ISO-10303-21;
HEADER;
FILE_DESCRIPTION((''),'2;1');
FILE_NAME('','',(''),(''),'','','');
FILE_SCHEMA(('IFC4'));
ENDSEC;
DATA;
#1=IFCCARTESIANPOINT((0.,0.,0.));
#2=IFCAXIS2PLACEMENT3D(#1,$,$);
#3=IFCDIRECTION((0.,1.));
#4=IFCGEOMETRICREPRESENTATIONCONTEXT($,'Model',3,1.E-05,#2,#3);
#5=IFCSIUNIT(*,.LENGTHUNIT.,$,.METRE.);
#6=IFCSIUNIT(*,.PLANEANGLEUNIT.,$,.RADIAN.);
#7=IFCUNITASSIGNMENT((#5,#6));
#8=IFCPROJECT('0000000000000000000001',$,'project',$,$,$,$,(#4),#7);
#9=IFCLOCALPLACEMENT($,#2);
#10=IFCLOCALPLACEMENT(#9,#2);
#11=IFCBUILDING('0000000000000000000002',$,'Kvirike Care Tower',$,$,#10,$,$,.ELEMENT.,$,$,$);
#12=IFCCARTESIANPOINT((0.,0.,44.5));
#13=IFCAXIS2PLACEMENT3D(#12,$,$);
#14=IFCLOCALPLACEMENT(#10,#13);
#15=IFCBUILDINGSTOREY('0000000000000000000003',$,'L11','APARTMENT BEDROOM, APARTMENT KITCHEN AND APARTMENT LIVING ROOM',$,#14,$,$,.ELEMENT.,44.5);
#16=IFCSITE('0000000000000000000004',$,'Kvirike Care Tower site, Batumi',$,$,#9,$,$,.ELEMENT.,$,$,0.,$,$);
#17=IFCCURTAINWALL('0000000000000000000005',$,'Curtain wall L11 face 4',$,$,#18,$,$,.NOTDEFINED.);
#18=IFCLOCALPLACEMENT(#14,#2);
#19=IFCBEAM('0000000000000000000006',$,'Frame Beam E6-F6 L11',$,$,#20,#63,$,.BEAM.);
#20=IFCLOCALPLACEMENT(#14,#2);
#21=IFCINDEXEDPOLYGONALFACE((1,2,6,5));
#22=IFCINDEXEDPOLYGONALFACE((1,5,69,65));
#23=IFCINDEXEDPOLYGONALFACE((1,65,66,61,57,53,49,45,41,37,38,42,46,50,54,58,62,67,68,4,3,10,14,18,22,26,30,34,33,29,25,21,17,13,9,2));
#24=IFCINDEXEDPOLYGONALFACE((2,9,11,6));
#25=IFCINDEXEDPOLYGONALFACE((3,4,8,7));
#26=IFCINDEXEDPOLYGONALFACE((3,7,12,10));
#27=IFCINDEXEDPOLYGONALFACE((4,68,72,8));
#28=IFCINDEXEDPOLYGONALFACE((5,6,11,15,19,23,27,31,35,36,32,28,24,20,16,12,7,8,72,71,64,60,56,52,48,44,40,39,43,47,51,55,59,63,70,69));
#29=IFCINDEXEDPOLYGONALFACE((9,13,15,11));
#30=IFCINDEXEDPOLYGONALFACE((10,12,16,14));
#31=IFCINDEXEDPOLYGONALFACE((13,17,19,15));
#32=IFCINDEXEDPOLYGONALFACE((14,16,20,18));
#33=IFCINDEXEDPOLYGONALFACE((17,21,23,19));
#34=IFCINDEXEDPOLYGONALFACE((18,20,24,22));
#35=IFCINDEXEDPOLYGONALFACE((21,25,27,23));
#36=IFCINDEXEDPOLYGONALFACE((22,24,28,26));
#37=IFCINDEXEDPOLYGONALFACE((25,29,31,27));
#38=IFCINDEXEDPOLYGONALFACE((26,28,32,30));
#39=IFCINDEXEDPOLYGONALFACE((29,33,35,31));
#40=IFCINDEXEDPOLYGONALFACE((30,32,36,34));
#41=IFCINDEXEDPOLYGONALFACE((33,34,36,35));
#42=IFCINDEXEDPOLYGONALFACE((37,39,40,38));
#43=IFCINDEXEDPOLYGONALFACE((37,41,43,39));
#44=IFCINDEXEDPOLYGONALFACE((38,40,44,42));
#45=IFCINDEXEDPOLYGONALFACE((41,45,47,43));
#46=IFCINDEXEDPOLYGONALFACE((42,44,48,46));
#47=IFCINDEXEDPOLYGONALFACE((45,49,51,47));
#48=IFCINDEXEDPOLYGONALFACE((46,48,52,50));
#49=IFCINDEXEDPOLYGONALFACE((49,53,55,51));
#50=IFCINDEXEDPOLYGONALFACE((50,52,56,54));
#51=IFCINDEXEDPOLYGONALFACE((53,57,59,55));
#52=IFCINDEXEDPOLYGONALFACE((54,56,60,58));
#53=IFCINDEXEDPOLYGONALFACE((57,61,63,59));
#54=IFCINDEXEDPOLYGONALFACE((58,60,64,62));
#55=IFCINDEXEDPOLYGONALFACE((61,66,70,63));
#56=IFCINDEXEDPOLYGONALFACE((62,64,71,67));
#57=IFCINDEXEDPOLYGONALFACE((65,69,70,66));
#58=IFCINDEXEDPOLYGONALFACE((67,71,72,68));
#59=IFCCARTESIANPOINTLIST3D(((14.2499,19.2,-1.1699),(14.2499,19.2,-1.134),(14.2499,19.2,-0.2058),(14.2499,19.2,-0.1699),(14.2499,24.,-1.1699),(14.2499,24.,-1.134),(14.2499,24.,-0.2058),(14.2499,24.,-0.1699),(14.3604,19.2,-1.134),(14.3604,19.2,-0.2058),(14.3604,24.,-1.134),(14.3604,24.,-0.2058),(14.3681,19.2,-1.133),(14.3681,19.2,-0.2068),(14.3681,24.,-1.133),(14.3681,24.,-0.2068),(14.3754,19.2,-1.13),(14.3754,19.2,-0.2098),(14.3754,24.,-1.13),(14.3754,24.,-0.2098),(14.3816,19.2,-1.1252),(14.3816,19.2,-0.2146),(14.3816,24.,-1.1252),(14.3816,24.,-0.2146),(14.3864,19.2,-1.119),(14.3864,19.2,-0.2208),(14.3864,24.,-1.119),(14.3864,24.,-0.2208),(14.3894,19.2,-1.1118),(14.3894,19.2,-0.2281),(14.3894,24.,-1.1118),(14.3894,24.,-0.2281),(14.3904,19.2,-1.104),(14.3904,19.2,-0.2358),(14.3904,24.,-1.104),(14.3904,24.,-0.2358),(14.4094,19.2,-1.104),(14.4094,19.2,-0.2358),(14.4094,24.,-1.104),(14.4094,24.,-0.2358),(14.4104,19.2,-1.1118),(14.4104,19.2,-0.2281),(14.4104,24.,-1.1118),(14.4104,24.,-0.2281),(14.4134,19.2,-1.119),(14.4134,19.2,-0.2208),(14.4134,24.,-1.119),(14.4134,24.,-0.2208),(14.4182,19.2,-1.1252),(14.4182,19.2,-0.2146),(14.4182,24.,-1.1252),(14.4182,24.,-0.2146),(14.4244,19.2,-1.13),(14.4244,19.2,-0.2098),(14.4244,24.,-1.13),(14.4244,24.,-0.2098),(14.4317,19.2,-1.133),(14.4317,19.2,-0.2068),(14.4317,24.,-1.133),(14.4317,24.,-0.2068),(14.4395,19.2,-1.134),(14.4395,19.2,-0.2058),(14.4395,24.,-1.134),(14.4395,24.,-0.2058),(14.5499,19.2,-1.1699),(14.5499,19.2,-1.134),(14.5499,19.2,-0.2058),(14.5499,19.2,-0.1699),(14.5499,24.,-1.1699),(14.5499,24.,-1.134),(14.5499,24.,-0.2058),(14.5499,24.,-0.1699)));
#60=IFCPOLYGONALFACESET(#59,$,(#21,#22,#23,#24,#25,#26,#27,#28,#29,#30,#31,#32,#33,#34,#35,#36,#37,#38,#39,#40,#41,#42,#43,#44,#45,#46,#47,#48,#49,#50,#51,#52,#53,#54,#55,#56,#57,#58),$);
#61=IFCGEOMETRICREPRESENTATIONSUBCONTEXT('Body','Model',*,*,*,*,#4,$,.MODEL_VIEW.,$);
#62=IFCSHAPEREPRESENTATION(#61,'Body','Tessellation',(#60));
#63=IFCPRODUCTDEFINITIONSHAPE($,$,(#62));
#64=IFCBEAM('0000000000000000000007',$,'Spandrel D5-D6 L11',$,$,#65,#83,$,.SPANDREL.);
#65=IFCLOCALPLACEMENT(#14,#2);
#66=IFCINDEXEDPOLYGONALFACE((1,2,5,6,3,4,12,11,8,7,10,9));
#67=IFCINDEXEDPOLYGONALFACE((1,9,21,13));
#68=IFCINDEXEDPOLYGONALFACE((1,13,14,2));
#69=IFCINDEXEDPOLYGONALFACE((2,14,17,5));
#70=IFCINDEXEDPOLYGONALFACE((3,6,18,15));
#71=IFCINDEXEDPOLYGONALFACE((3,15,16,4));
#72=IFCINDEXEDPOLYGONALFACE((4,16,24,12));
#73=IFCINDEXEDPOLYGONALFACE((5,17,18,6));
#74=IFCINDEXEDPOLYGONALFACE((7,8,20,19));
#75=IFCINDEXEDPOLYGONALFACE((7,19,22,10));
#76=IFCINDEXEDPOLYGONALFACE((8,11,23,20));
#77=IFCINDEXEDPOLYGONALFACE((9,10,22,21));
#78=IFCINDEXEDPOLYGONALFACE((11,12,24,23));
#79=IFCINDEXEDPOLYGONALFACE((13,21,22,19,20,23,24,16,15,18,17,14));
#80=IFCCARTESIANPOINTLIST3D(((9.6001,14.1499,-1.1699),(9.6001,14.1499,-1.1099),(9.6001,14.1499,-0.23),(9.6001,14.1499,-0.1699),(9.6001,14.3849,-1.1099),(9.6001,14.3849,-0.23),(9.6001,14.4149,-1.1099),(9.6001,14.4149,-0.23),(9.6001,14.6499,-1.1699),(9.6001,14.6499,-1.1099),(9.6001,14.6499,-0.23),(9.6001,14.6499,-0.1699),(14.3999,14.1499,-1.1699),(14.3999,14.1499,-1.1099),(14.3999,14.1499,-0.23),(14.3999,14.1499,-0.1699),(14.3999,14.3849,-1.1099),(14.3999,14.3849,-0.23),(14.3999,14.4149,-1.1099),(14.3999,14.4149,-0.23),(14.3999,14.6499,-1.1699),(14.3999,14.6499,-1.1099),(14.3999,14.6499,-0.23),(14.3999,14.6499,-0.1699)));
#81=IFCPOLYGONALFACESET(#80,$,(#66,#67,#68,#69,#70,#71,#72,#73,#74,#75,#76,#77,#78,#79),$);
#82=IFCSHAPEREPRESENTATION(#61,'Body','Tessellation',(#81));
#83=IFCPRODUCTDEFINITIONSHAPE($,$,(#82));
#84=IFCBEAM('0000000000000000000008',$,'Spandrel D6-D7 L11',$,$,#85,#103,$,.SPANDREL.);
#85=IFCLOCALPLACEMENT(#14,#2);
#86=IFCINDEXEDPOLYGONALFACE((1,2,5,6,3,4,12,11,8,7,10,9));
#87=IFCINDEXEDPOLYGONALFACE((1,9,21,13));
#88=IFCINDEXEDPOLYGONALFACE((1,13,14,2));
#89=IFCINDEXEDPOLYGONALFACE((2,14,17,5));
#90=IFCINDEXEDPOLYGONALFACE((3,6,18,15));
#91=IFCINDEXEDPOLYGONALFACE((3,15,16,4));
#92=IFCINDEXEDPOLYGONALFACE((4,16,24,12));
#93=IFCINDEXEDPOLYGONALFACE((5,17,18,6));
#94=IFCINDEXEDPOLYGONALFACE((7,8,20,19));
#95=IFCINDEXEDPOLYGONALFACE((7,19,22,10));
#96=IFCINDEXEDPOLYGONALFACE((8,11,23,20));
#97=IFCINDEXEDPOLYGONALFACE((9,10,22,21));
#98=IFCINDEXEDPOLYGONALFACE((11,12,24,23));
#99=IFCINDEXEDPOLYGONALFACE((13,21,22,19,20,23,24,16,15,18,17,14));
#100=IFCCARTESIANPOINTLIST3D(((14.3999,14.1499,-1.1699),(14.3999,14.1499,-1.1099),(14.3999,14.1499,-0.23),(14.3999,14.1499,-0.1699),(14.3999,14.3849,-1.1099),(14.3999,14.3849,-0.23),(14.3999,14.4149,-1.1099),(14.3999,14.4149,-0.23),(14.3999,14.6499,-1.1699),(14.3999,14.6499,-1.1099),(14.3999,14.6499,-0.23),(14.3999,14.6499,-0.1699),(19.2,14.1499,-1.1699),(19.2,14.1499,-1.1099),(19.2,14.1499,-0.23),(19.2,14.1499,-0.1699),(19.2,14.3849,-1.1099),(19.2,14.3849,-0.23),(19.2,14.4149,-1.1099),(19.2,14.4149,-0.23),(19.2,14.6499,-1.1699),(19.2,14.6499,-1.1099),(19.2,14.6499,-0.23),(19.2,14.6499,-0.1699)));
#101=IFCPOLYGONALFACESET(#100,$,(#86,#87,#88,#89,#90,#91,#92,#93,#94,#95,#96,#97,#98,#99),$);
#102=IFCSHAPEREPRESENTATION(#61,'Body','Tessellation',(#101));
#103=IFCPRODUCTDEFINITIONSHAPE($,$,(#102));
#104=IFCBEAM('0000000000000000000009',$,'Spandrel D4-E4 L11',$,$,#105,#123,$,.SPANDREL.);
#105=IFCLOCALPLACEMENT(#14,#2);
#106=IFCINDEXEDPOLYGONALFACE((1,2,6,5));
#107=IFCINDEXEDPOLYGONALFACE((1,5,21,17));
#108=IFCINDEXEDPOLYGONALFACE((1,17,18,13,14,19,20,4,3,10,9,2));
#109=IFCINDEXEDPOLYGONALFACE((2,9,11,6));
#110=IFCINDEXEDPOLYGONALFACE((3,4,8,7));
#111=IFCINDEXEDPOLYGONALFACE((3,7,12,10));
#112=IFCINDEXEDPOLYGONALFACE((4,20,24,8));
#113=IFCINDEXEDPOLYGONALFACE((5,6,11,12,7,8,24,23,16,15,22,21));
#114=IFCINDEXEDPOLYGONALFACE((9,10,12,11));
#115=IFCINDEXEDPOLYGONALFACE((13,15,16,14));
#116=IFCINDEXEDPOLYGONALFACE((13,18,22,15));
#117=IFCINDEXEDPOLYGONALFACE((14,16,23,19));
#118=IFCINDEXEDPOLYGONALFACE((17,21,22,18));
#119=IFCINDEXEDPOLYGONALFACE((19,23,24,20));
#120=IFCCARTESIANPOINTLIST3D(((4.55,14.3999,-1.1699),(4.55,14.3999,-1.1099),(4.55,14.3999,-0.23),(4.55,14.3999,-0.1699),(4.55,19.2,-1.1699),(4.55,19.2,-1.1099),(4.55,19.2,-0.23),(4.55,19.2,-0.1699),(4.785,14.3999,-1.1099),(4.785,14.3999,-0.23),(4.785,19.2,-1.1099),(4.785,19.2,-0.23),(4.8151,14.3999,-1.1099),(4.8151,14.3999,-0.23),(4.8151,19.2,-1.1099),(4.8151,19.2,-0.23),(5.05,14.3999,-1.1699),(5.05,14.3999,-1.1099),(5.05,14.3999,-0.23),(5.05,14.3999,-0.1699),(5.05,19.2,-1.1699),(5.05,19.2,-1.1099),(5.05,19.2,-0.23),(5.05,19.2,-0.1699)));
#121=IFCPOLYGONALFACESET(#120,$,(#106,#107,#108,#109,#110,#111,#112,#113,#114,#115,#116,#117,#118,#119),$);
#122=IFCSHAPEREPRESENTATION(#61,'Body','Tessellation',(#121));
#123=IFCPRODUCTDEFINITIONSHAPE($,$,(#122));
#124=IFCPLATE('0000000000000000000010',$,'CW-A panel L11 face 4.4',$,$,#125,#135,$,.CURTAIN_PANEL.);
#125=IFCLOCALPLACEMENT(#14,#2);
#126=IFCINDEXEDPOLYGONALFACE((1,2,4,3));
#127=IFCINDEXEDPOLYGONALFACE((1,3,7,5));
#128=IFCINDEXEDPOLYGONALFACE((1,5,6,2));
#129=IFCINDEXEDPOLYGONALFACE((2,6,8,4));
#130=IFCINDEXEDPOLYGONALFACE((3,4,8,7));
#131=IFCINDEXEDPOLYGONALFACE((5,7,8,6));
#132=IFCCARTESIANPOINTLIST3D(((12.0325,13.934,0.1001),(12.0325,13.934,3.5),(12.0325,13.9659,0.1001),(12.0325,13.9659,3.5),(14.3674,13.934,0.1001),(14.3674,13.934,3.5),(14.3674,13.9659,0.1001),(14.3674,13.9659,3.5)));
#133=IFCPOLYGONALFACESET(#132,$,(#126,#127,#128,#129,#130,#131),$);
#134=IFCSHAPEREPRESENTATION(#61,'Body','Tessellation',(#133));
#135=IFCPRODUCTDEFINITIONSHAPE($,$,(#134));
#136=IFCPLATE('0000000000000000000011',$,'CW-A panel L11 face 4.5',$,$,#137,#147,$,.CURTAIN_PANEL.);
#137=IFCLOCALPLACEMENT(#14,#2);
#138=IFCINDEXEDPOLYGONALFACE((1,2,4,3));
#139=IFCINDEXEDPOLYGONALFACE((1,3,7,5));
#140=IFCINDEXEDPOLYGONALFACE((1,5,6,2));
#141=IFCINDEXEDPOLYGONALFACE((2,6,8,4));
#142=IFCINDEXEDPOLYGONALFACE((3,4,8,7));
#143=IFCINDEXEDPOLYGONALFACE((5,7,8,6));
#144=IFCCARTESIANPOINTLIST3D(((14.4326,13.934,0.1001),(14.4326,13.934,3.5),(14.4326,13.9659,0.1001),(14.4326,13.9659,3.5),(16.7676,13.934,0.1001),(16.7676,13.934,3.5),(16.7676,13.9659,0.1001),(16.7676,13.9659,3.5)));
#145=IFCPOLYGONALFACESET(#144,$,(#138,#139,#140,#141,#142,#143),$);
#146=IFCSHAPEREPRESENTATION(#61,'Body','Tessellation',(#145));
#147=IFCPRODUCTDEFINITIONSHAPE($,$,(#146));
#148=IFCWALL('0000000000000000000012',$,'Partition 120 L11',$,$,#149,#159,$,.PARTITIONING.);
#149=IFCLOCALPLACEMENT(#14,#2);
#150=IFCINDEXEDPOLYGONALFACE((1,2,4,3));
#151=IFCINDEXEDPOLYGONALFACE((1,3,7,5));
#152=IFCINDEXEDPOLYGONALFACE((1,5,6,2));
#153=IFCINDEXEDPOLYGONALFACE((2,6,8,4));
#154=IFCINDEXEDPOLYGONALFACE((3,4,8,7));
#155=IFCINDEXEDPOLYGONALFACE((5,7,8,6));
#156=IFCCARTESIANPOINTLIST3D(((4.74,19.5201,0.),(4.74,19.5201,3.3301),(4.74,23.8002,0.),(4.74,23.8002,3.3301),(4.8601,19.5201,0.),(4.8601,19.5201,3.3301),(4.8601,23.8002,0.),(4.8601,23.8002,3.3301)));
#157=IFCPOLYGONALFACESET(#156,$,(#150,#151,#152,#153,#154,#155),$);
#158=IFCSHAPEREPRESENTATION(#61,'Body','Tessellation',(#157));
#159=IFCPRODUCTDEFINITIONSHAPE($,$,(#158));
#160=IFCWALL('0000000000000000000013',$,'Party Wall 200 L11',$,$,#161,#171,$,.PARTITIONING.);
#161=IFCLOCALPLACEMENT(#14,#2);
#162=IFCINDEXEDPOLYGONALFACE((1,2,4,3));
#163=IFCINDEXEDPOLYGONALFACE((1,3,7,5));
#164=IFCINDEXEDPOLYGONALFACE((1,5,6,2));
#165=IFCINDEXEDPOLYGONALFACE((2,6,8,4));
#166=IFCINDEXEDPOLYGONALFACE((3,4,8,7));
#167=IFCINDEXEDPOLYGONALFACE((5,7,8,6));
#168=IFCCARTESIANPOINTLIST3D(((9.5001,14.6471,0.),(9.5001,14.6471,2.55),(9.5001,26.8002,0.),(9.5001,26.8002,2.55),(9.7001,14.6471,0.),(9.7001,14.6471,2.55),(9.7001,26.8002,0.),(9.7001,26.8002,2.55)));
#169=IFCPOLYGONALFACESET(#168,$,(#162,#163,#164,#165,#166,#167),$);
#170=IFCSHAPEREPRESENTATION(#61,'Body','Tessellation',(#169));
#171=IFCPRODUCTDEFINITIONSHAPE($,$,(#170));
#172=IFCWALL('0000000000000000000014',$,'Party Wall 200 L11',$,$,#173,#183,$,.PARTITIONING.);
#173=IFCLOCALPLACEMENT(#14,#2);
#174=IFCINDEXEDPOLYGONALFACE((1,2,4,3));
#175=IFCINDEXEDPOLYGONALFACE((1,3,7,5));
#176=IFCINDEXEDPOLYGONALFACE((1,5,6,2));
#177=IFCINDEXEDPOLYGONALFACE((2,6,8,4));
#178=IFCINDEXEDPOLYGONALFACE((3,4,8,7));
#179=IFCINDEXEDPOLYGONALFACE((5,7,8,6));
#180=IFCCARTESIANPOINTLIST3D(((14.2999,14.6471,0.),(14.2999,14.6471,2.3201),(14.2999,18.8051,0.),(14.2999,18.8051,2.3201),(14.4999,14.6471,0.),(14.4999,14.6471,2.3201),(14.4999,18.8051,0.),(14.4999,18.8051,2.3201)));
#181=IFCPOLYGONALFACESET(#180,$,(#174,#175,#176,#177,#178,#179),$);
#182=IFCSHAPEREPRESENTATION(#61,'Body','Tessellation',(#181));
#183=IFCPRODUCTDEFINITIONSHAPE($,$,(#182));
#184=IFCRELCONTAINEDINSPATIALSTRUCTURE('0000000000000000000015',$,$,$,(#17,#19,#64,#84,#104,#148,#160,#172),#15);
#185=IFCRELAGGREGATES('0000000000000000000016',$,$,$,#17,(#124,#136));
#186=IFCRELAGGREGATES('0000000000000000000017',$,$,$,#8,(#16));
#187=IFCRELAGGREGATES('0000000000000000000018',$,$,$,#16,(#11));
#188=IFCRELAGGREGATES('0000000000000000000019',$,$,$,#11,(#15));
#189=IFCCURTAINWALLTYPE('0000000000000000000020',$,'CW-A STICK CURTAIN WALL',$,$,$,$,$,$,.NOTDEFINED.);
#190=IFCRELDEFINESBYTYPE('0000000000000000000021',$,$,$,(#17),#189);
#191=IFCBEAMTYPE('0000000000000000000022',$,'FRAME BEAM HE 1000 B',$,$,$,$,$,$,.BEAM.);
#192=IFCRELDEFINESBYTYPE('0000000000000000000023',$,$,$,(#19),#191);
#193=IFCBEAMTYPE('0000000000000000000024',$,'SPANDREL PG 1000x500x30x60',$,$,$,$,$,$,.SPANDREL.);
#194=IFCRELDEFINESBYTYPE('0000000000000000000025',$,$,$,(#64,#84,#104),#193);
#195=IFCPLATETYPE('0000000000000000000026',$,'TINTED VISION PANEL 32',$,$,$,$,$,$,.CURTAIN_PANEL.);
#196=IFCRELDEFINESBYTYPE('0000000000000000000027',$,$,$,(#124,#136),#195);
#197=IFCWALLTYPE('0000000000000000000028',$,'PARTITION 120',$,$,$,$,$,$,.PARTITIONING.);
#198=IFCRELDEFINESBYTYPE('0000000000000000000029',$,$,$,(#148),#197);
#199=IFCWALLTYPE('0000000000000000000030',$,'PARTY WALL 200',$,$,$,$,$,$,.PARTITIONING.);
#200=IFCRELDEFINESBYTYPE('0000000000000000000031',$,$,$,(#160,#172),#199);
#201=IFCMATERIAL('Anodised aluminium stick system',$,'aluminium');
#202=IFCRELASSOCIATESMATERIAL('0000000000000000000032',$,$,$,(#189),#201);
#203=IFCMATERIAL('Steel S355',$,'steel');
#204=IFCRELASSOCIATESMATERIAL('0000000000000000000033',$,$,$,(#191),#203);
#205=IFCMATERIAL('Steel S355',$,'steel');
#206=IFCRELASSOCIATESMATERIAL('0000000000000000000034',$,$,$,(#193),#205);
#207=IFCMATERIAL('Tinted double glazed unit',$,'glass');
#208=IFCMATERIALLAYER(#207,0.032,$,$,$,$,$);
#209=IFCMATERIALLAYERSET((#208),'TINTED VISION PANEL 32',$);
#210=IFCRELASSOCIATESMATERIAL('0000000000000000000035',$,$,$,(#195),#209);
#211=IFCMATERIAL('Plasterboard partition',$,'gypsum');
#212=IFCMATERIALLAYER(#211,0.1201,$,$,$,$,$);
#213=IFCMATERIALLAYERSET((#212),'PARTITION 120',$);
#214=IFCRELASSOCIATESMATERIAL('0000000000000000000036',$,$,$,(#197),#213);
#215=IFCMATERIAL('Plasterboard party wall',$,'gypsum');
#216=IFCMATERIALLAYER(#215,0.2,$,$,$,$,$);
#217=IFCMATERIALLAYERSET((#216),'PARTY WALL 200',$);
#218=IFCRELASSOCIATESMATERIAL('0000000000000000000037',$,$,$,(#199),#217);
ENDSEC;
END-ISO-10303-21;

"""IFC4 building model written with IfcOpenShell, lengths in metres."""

from ifc_helpers import new_model, si_unit, direction, frame, frame_2d, origin, origin_2d, place, context, subcontext, project, spatial, rectangle, i_section, extrude, material, layer, layer_set, material_profile, profile_set, type_object, element, aggregate, save


model = new_model("IFC4")

# Units and contexts
model_context = context("Model", 3, precision=1e-05, world=origin(), true_north=direction((0.0, 1.0)))
body_context = subcontext(model_context, "Body", "Model", "MODEL_VIEW")
ifc_project = project(units=[si_unit("LENGTHUNIT", "METRE"), si_unit("PLANEANGLEUNIT", "RADIAN")], contexts=[model_context])

# Site, building, storey
site_placement = place(None, origin())
site = spatial("IfcSite", under=ifc_project, at=site_placement, Name="Kvirike Care Tower site, Batumi", CompositionType="ELEMENT", RefElevation=0.0)
building_placement = place(site_placement, origin())
building = spatial("IfcBuilding", under=site, at=building_placement, Name="Kvirike Care Tower", CompositionType="ELEMENT")
storey_placement = place(building_placement, frame((0.0, 0.0, 44.5)))
storey = spatial("IfcBuildingStorey", under=building, at=storey_placement, Name="L11", Description="APARTMENT BEDROOM, APARTMENT KITCHEN AND APARTMENT LIVING ROOM", CompositionType="ELEMENT", Elevation=44.5)

# Curtain wall
ifc_material_1 = material(Name="Anodised aluminium stick system", Category="aluminium")
curtain_wall_type = type_object("IfcCurtainWallType", Name="CW-A STICK CURTAIN WALL", PredefinedType="NOTDEFINED", material=ifc_material_1)
curtain_wall_placement = place(storey_placement, origin())
curtain_wall = element("IfcCurtainWall", 1, at=curtain_wall_placement, inside=storey, type_object=curtain_wall_type, Name="Curtain wall L11 face 4", PredefinedType="NOTDEFINED")

# Beams
ifc_material_2 = material(Name="Steel S355", Category="steel")
ifc_material_profile_1 = material_profile(ifc_material_2, i_section(OverallWidth=0.3, OverallDepth=1.0, WebThickness=0.019, FlangeThickness=0.0359, FilletRadius=0.03, at=origin_2d()), Name="HE 1000 B")
ifc_profile_set_1 = profile_set([ifc_material_profile_1], Name="Steel S355")
beam_type_1 = type_object("IfcBeamType", Name="FRAME BEAM HE 1000 B", PredefinedType="BEAM", material=ifc_profile_set_1)
for number, where, z_axis, x_axis, name in (
    (2, (14.3999, 19.2, -0.6699), (0.0, 1.0, 0.0), (-1.0, 0.0, 0.0), "Frame Beam E6-F6 L11"),
):
    element("IfcBeam", number, at=place(storey_placement, frame(where, z_axis=z_axis, x_axis=x_axis)), inside=storey, type_object=beam_type_1, Name=name, PredefinedType="BEAM", context=body_context, shape_type="SweptSolid", body=[
        extrude(i_section(OverallWidth=0.3, OverallDepth=1.0, WebThickness=0.019, FlangeThickness=0.0359, FilletRadius=0.03, at=origin_2d()), origin(), (0.0, 0.0, 1.0), 4.8),
    ])
ifc_material_3 = material(Name="Steel S355", Category="steel")
ifc_material_profile_2 = material_profile(ifc_material_3, i_section(OverallWidth=0.5, OverallDepth=1.0, WebThickness=0.03, FlangeThickness=0.0601, at=origin_2d()), Name="PG 1000x500x30x60")
ifc_profile_set_2 = profile_set([ifc_material_profile_2], Name="Steel S355")
beam_type_2 = type_object("IfcBeamType", Name="SPANDREL PG 1000x500x30x60", PredefinedType="SPANDREL", material=ifc_profile_set_2)
beam_1_placement = place(storey_placement, frame((9.6001, 14.3999, -0.6699), z_axis=(1.0, 0.0, 0.0), x_axis=(0.0, 1.0, 0.0)))
element("IfcBeam", 3, at=beam_1_placement, inside=storey, type_object=beam_type_2, Name="Spandrel D5-D6 L11", PredefinedType="SPANDREL", context=body_context, shape_type="SweptSolid", body=[
    extrude(i_section(OverallWidth=0.5, OverallDepth=1.0, WebThickness=0.03, FlangeThickness=0.0601, at=origin_2d()), origin(), (0.0, 0.0, 1.0), 4.7998),
])
for number, where, z_axis, x_axis, name in (
    (4, (14.3999, 14.3999, -0.6699), (1.0, 0.0, 0.0), (0.0, 1.0, 0.0), "Spandrel D6-D7 L11"),
    (5, (4.8, 14.3999, -0.6699), (0.0, 1.0, 0.0), (-1.0, 0.0, 0.0), "Spandrel D4-E4 L11"),
):
    element("IfcBeam", number, at=place(storey_placement, frame(where, z_axis=z_axis, x_axis=x_axis)), inside=storey, type_object=beam_type_2, Name=name, PredefinedType="SPANDREL", context=body_context, shape_type="SweptSolid", body=[
        extrude(i_section(OverallWidth=0.5, OverallDepth=1.0, WebThickness=0.03, FlangeThickness=0.0601, at=origin_2d()), origin(), (0.0, 0.0, 1.0), 4.8),
    ])

# Plates
ifc_material_4 = material(Name="Tinted double glazed unit", Category="glass")
ifc_layer_1 = layer(ifc_material_4, 0.032)
ifc_layer_set_1 = layer_set([ifc_layer_1], Name="TINTED VISION PANEL 32")
plate_type = type_object("IfcPlateType", Name="TINTED VISION PANEL 32", PredefinedType="CURTAIN_PANEL", material=ifc_layer_set_1)
plate_1_placement = place(storey_placement, frame((13.2, 13.95, 0.1001), z_axis=(0.0, 0.0, 1.0), x_axis=(1.0, 0.0, 0.0)))
plate_1 = element("IfcPlate", 6, at=plate_1_placement, type_object=plate_type, Name="CW-A panel L11 face 4.4", PredefinedType="CURTAIN_PANEL", context=body_context, shape_type="SweptSolid", body=[
    extrude(rectangle(XDim=2.335, YDim=0.032, at=origin_2d()), origin(), (0.0, 0.0, 1.0), 3.3999),
])
plate_2_placement = place(storey_placement, frame((15.6001, 13.95, 0.1001), z_axis=(0.0, 0.0, 1.0), x_axis=(1.0, 0.0, 0.0)))
plate_2 = element("IfcPlate", 7, at=plate_2_placement, type_object=plate_type, Name="CW-A panel L11 face 4.5", PredefinedType="CURTAIN_PANEL", context=body_context, shape_type="SweptSolid", body=[
    extrude(rectangle(XDim=2.335, YDim=0.032, at=origin_2d()), origin(), (0.0, 0.0, 1.0), 3.3999),
])
aggregate(curtain_wall, [plate_1, plate_2])

# Walls
ifc_material_5 = material(Name="Plasterboard partition", Category="gypsum")
ifc_layer_2 = layer(ifc_material_5, 0.1201)
ifc_layer_set_2 = layer_set([ifc_layer_2], Name="PARTITION 120")
wall_type_1 = type_object("IfcWallType", Name="PARTITION 120", PredefinedType="PARTITIONING", material=ifc_layer_set_2)
wall_1_placement = place(storey_placement, frame((4.8, 19.52, 0.0), z_axis=(0.0, 0.0, 1.0), x_axis=(0.0, 1.0, 0.0)))
element("IfcWall", 8, at=wall_1_placement, inside=storey, type_object=wall_type_1, Name="Partition 120 L11", PredefinedType="PARTITIONING", context=body_context, shape_type="SweptSolid", body=[
    extrude(rectangle(XDim=4.28, YDim=0.1201, at=frame_2d((2.1401, 0.0))), origin(), (0.0, 0.0, 1.0), 3.3301),
])
ifc_material_6 = material(Name="Plasterboard party wall", Category="gypsum")
ifc_layer_3 = layer(ifc_material_6, 0.2)
ifc_layer_set_3 = layer_set([ifc_layer_3], Name="PARTY WALL 200")
wall_type_2 = type_object("IfcWallType", Name="PARTY WALL 200", PredefinedType="PARTITIONING", material=ifc_layer_set_3)
wall_2_placement = place(storey_placement, frame((9.6001, 14.647, 0.0), z_axis=(0.0, 0.0, 1.0), x_axis=(0.0, 1.0, 0.0)))
element("IfcWall", 9, at=wall_2_placement, inside=storey, type_object=wall_type_2, Name="Party Wall 200 L11", PredefinedType="PARTITIONING", context=body_context, shape_type="SweptSolid", body=[
    extrude(rectangle(XDim=12.1531, YDim=0.2, at=frame_2d((6.0767, 0.0))), origin(), (0.0, 0.0, 1.0), 2.55),
])
wall_3_placement = place(storey_placement, frame((14.3999, 14.647, 0.0), z_axis=(0.0, 0.0, 1.0), x_axis=(0.0, 1.0, 0.0)))
element("IfcWall", 10, at=wall_3_placement, inside=storey, type_object=wall_type_2, Name="Party Wall 200 L11", PredefinedType="PARTITIONING", context=body_context, shape_type="SweptSolid", body=[
    extrude(rectangle(XDim=4.158, YDim=0.2, at=frame_2d((2.0791, 0.0))), origin(), (0.0, 0.0, 1.0), 2.3201),
])

save(model, "model.ifc")
